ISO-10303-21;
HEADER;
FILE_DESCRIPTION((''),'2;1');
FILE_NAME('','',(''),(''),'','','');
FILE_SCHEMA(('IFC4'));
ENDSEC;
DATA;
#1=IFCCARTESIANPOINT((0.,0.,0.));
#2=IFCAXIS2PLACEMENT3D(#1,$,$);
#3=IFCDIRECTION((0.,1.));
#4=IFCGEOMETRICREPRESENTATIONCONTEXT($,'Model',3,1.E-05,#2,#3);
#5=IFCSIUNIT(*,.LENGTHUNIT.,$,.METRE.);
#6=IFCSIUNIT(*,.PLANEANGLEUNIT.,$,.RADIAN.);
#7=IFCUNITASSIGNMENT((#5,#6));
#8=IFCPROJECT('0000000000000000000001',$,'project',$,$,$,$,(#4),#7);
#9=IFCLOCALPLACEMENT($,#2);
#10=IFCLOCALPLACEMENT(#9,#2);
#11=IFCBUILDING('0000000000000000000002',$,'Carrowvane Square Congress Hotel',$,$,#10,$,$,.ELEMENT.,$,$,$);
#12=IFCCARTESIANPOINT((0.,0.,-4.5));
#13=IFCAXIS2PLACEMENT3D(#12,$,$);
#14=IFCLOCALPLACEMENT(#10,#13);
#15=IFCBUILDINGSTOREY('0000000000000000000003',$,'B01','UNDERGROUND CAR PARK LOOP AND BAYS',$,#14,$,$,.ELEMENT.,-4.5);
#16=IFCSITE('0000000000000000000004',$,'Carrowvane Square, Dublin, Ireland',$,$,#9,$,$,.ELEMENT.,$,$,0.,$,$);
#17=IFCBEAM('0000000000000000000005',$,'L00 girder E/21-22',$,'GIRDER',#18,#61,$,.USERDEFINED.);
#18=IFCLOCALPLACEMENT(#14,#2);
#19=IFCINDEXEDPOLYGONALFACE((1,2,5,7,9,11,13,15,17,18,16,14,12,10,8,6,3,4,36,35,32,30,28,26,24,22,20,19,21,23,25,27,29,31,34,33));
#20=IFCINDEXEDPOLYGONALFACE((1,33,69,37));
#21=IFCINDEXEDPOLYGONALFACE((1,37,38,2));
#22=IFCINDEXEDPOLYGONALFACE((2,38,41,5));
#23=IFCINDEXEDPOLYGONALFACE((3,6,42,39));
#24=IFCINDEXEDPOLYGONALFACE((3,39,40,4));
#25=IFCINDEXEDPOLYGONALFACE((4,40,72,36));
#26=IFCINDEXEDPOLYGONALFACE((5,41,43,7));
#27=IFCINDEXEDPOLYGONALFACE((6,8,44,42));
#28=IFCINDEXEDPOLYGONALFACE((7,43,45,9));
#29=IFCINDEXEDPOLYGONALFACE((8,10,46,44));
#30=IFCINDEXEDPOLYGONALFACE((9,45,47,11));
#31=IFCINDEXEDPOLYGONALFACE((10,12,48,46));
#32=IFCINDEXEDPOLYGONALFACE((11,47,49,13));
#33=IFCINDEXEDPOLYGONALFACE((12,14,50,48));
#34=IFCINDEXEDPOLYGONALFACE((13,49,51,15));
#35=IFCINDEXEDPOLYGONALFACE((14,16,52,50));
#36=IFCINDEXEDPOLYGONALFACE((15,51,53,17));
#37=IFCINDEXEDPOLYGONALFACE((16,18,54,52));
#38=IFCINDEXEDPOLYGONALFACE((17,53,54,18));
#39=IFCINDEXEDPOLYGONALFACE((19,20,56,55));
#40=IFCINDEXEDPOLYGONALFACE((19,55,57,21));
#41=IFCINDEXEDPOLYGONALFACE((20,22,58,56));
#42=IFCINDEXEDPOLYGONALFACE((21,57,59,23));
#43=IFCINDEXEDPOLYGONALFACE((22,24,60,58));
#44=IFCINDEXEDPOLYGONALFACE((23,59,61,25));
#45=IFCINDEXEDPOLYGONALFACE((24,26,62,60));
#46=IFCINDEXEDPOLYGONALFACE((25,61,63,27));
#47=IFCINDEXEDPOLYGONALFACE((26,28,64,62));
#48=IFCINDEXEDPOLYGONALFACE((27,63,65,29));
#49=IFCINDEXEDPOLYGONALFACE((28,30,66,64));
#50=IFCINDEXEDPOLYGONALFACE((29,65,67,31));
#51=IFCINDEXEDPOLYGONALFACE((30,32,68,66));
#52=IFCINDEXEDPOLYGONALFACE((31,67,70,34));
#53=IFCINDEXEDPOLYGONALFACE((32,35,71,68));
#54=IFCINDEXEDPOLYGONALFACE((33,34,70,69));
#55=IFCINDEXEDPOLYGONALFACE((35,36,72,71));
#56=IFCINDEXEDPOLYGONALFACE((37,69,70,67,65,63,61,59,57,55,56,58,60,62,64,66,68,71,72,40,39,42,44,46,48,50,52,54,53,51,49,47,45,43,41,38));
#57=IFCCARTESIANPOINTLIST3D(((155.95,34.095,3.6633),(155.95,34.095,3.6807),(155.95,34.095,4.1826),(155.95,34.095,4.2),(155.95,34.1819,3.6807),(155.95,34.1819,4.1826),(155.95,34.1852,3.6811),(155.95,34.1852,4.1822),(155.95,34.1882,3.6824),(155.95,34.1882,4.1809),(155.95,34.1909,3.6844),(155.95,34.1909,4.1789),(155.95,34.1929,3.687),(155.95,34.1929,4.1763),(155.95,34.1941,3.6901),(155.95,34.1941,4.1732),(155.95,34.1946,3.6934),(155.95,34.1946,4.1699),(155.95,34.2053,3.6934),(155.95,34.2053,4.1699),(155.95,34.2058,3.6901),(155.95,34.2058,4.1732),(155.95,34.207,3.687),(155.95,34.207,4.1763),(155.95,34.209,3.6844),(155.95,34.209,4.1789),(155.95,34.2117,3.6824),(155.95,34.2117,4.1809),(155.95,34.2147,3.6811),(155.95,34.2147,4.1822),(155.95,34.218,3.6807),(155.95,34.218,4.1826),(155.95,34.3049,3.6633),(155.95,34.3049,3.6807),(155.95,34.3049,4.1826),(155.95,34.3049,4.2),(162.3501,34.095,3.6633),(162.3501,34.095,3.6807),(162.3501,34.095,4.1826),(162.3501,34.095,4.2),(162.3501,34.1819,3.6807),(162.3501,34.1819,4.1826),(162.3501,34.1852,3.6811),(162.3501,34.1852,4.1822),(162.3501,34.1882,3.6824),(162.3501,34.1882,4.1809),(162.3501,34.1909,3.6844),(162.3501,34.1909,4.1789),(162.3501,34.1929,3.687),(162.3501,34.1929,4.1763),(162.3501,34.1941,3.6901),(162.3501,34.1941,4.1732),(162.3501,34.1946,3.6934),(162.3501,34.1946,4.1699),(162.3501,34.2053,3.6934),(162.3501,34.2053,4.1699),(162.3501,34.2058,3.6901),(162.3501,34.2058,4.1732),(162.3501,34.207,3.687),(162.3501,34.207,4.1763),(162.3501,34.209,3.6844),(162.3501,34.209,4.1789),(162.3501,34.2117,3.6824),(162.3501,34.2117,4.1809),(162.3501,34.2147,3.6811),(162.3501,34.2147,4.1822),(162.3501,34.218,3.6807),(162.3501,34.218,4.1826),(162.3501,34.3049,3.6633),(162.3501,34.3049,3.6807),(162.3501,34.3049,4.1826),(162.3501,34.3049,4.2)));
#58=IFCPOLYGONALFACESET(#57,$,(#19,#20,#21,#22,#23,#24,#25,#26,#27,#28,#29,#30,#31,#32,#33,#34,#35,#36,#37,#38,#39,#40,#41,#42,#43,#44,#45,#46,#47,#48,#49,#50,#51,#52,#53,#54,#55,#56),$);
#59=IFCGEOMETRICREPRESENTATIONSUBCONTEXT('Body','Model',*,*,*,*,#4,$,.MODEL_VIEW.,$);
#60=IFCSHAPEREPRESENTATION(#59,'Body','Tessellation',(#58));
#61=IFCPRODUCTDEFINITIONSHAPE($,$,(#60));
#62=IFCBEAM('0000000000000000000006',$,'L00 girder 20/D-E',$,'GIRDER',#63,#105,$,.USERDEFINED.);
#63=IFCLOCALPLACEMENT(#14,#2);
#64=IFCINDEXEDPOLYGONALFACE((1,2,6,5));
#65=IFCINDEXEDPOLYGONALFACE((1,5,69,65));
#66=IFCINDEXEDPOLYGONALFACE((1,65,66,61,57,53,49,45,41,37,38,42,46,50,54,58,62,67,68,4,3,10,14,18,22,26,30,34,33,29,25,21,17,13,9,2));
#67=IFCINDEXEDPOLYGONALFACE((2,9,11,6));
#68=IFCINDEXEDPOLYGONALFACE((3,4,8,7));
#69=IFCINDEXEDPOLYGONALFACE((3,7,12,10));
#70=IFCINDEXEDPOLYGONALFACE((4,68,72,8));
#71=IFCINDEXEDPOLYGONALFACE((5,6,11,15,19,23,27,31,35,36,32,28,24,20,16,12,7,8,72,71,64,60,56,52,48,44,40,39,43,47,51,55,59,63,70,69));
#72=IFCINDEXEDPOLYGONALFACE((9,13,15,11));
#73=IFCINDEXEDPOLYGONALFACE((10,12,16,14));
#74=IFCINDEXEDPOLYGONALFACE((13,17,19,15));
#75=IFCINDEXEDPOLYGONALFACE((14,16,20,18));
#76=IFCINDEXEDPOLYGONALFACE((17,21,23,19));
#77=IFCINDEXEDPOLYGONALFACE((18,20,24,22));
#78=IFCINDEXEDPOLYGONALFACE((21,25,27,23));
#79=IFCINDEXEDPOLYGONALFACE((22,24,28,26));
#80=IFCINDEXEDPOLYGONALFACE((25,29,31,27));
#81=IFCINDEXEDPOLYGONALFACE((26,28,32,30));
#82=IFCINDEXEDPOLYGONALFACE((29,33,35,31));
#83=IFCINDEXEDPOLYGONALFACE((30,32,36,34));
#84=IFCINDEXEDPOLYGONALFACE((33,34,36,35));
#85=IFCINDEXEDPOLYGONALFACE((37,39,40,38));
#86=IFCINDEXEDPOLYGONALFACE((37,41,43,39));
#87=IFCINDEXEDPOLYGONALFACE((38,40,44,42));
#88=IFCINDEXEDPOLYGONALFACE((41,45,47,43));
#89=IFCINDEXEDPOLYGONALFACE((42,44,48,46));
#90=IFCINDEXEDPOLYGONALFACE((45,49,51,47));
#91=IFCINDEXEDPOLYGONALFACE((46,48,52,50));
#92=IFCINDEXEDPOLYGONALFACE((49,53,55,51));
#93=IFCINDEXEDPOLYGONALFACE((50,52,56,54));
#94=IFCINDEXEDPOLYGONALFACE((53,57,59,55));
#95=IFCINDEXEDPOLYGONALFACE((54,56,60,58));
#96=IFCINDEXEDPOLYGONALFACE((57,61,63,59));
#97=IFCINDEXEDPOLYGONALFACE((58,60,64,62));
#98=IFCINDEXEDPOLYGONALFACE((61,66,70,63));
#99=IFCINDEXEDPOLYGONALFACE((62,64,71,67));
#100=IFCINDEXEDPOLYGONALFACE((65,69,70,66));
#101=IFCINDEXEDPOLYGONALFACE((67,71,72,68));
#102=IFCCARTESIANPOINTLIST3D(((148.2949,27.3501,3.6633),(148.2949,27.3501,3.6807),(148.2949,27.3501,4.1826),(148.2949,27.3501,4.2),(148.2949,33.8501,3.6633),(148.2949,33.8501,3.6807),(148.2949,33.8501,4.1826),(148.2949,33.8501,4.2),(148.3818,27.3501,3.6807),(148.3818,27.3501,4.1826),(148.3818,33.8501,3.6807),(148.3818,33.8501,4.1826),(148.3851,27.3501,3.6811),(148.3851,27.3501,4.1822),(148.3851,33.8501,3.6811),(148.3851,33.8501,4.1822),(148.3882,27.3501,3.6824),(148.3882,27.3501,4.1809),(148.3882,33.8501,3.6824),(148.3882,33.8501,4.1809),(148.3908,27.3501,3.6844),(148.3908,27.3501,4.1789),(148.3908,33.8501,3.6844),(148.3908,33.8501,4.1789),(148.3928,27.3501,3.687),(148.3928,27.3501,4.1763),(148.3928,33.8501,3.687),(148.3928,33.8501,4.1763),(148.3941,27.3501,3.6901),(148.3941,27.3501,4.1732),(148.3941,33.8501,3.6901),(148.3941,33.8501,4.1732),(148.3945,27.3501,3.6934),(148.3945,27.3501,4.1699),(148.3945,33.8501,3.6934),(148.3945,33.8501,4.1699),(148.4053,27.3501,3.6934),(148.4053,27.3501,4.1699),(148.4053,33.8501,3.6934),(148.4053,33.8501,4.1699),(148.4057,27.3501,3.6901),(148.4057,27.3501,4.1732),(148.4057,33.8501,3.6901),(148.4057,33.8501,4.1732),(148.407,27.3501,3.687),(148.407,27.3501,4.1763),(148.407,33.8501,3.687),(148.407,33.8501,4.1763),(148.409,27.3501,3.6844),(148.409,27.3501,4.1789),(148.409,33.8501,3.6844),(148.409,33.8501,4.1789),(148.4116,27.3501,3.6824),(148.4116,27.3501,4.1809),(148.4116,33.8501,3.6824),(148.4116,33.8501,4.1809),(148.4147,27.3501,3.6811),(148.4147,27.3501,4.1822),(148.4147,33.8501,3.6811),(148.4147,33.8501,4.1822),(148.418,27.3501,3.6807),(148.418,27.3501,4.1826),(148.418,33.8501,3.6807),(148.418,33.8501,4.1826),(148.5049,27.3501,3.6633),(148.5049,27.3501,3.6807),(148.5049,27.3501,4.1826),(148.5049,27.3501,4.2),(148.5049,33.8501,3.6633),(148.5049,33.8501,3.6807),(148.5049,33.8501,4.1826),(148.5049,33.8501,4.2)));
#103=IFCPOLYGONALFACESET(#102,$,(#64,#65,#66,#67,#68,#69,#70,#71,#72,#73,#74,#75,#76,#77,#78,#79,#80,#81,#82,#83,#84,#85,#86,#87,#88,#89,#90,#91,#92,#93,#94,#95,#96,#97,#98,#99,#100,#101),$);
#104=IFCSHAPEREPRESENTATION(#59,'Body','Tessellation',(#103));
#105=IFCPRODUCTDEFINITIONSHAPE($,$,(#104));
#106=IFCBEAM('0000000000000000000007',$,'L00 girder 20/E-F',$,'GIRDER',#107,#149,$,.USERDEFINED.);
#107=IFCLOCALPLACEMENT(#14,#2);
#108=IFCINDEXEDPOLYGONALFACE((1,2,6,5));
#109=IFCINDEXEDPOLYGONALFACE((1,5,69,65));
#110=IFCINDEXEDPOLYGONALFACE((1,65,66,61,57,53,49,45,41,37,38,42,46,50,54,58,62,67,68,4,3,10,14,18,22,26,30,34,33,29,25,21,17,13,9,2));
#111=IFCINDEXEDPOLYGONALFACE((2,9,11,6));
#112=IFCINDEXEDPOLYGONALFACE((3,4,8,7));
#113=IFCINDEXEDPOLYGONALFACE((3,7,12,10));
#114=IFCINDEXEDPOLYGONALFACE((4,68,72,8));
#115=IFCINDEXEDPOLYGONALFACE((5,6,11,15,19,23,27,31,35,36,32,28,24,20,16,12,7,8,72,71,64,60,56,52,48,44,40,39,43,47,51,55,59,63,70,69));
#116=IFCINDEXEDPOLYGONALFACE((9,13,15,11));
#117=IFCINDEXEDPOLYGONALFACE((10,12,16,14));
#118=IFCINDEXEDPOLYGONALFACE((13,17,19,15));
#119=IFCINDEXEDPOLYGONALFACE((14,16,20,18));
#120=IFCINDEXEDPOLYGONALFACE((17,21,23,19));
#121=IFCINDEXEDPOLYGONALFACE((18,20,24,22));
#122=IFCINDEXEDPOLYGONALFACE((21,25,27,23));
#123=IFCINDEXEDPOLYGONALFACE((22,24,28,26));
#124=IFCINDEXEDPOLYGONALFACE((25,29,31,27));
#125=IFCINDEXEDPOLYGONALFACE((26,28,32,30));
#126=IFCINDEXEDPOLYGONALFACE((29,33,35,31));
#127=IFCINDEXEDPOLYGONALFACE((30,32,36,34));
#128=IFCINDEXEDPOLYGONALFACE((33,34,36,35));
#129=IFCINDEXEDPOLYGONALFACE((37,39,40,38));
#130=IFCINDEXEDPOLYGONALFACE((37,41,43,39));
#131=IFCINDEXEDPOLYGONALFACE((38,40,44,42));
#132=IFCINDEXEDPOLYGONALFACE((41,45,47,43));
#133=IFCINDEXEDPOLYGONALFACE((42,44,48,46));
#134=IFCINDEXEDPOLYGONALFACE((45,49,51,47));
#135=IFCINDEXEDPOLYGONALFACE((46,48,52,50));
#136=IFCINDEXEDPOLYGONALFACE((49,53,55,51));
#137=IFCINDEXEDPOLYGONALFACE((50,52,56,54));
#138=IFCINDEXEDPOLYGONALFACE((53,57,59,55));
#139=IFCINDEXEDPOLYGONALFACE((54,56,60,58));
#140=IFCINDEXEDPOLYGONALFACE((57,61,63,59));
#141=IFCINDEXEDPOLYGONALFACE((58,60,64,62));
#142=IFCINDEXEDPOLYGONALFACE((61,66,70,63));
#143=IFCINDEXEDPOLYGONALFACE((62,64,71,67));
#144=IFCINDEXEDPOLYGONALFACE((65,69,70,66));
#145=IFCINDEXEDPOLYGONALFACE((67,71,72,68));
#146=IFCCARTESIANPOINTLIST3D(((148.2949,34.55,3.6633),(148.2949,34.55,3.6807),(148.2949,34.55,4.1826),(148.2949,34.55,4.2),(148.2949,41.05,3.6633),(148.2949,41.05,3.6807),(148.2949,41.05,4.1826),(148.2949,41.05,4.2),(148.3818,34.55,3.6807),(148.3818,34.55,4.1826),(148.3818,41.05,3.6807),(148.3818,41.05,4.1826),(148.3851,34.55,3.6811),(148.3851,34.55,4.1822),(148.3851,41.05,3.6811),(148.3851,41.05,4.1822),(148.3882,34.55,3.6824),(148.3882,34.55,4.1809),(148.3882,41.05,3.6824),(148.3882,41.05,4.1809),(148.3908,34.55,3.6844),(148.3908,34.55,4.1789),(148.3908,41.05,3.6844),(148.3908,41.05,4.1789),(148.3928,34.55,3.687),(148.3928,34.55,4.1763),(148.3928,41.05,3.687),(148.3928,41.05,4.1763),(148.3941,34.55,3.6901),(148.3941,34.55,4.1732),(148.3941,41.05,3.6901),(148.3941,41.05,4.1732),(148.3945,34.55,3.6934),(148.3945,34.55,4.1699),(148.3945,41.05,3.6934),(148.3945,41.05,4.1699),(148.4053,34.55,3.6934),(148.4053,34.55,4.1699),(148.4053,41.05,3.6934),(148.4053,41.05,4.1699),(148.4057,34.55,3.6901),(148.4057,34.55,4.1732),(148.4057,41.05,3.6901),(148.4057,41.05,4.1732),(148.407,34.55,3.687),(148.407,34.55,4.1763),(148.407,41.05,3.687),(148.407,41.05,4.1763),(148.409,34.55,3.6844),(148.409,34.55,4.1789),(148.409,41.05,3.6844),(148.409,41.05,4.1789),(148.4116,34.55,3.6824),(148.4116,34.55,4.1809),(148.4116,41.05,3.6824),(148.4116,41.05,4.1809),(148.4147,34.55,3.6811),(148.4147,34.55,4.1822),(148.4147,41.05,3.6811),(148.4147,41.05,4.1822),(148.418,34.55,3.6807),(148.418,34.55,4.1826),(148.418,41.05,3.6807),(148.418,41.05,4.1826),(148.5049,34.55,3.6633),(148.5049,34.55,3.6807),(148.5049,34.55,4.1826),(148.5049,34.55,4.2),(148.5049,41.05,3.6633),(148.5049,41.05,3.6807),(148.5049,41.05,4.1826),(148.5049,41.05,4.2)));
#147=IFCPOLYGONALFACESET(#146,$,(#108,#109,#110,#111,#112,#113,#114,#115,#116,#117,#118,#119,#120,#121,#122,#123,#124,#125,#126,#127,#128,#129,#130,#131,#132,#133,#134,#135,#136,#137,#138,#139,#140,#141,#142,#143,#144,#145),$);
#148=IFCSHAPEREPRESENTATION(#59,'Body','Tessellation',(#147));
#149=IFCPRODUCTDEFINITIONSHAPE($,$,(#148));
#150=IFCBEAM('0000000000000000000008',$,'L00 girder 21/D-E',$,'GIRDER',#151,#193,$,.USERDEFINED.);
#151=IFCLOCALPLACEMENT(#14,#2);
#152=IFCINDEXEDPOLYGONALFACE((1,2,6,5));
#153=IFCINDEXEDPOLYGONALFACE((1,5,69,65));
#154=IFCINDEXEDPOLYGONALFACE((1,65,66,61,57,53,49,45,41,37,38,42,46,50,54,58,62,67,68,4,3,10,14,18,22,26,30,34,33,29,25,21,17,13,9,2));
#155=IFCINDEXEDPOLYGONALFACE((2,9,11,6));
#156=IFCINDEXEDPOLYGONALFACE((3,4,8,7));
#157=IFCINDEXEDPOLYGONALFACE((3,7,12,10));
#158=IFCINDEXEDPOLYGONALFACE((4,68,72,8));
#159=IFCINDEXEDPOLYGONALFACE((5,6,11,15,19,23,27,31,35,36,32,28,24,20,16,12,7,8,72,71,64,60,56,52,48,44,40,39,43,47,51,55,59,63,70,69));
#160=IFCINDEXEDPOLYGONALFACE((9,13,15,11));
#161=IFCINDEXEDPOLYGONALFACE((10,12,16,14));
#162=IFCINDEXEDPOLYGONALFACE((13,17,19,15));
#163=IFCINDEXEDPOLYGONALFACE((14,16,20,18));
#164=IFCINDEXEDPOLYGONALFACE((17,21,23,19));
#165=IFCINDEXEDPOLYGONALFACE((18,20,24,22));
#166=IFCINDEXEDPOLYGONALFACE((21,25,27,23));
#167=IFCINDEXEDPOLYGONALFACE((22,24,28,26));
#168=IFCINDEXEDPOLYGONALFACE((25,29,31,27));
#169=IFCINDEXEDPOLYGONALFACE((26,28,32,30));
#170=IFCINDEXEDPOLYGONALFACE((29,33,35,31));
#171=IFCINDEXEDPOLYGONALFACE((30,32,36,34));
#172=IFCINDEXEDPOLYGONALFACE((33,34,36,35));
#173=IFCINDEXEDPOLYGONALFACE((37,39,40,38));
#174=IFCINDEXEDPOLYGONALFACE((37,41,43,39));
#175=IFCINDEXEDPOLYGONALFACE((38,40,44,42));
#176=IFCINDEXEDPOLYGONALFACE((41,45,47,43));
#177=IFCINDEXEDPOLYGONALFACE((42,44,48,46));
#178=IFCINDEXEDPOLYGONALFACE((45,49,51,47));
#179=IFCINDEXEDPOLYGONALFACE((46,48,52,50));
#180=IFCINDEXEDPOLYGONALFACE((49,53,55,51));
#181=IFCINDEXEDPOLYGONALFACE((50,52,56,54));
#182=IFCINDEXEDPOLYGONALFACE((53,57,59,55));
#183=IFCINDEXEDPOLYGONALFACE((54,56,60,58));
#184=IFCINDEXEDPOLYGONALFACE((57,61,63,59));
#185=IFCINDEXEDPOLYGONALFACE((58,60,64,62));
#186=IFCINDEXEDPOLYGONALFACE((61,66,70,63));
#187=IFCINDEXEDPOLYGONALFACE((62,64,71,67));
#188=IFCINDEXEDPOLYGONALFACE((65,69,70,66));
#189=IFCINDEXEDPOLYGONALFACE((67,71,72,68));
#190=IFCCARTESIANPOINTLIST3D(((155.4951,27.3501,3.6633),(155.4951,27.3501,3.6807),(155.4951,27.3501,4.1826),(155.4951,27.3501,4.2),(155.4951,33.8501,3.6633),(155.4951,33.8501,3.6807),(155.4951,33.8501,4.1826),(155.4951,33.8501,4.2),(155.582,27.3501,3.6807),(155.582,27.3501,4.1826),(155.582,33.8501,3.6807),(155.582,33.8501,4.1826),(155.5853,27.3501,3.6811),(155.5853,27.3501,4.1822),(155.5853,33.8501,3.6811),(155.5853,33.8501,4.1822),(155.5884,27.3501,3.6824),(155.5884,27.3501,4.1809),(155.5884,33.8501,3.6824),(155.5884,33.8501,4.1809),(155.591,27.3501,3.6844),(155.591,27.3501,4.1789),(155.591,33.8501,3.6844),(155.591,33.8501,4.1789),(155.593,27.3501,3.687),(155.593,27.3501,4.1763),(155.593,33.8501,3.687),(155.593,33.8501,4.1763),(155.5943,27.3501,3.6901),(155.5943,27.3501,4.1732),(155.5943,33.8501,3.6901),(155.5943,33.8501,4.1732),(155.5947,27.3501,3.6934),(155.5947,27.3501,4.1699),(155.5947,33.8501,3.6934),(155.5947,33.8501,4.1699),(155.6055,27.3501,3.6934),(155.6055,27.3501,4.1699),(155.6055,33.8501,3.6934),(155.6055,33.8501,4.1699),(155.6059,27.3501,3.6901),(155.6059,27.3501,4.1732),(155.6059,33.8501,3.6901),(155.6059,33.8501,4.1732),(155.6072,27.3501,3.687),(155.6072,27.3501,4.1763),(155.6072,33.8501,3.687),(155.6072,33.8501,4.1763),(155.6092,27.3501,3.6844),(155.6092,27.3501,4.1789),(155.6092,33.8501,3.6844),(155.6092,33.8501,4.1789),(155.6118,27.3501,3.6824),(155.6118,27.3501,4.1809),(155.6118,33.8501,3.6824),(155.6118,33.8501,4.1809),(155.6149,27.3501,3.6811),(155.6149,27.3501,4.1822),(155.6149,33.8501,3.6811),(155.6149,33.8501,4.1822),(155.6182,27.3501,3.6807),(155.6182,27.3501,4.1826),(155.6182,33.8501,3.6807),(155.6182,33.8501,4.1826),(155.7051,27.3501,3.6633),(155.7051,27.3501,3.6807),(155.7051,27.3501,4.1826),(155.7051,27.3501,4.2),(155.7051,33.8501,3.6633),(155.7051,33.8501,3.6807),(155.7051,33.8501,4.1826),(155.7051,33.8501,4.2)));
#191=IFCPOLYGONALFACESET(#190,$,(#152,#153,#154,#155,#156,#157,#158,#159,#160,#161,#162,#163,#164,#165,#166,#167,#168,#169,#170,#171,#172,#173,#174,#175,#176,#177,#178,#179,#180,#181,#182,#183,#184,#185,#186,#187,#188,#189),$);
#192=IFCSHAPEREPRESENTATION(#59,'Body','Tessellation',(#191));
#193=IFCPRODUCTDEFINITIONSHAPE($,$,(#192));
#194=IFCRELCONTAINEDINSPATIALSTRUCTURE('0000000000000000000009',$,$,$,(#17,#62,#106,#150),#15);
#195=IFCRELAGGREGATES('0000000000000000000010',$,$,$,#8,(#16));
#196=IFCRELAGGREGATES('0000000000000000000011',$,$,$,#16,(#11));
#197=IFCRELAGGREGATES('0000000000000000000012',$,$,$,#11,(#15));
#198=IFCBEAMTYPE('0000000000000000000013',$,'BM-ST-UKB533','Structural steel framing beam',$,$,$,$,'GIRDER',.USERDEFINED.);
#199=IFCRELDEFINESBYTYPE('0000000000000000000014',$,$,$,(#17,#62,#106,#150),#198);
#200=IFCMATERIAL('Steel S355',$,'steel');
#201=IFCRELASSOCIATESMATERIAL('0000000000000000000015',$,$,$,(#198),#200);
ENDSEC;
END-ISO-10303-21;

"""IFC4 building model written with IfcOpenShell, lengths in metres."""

from ifc_helpers import new_model, si_unit, direction, frame, origin, origin_2d, place, context, subcontext, project, spatial, i_section, extrude, material, material_profile, profile_set, type_object, element, save


model = new_model("IFC4")

# Units and contexts
model_context = context("Model", 3, precision=1e-05, world=origin(), true_north=direction((0.0, 1.0)))
body_context = subcontext(model_context, "Body", "Model", "MODEL_VIEW")
ifc_project = project(units=[si_unit("LENGTHUNIT", "METRE"), si_unit("PLANEANGLEUNIT", "RADIAN")], contexts=[model_context])

# Site, building, storey
site_placement = place(None, origin())
site = spatial("IfcSite", under=ifc_project, at=site_placement, Name="Carrowvane Square, Dublin, Ireland", CompositionType="ELEMENT", RefElevation=0.0)
building_placement = place(site_placement, origin())
building = spatial("IfcBuilding", under=site, at=building_placement, Name="Carrowvane Square Congress Hotel", CompositionType="ELEMENT")
storey_placement = place(building_placement, frame((0.0, 0.0, -4.5)))
storey = spatial("IfcBuildingStorey", under=building, at=storey_placement, Name="B01", Description="UNDERGROUND CAR PARK LOOP AND BAYS", CompositionType="ELEMENT", Elevation=-4.5)

# Beams
ifc_material_1 = material(Name="Steel S355", Category="steel")
ifc_material_profile_1 = material_profile(ifc_material_1, i_section(OverallWidth=0.21, OverallDepth=0.5366, WebThickness=0.0107, FlangeThickness=0.0173, FilletRadius=0.0127, at=origin_2d()), Name="UKB 533x210x101")
ifc_profile_set_1 = profile_set([ifc_material_profile_1], Name="Steel S355")
beam_type_1 = type_object("IfcBeamType", Name="BM-ST-UKB533", Description="Structural steel framing beam", ElementType="GIRDER", PredefinedType="USERDEFINED", material=ifc_profile_set_1)
beam_1_placement = place(storey_placement, frame((155.95, 34.2, 3.9316), z_axis=(1.0, 0.0, 0.0), x_axis=(0.0, 1.0, 0.0)))
element("IfcBeam", 1, at=beam_1_placement, inside=storey, type_object=beam_type_1, Name="L00 girder E/21-22", ObjectType="GIRDER", PredefinedType="USERDEFINED", context=body_context, shape_type="SweptSolid", body=[
    extrude(i_section(OverallWidth=0.21, OverallDepth=0.5366, WebThickness=0.0107, FlangeThickness=0.0173, FilletRadius=0.0127, at=origin_2d()), origin(), (0.0, 0.0, 1.0), 6.4001),
])
for number, where, z_axis, x_axis, name in (
    (2, (148.3999, 27.3501, 3.9316), (0.0, 1.0, 0.0), (-1.0, 0.0, 0.0), "L00 girder 20/D-E"),
    (3, (148.3999, 34.55, 3.9316), (0.0, 1.0, 0.0), (-1.0, 0.0, 0.0), "L00 girder 20/E-F"),
    (4, (155.6001, 27.3501, 3.9316), (0.0, 1.0, 0.0), (-1.0, 0.0, 0.0), "L00 girder 21/D-E"),
):
    element("IfcBeam", number, at=place(storey_placement, frame(where, z_axis=z_axis, x_axis=x_axis)), inside=storey, type_object=beam_type_1, Name=name, ObjectType="GIRDER", PredefinedType="USERDEFINED", context=body_context, shape_type="SweptSolid", body=[
        extrude(i_section(OverallWidth=0.21, OverallDepth=0.5366, WebThickness=0.0107, FlangeThickness=0.0173, FilletRadius=0.0127, at=origin_2d()), origin(), (0.0, 0.0, 1.0), 6.5),
    ])

save(model, "model.ifc")
